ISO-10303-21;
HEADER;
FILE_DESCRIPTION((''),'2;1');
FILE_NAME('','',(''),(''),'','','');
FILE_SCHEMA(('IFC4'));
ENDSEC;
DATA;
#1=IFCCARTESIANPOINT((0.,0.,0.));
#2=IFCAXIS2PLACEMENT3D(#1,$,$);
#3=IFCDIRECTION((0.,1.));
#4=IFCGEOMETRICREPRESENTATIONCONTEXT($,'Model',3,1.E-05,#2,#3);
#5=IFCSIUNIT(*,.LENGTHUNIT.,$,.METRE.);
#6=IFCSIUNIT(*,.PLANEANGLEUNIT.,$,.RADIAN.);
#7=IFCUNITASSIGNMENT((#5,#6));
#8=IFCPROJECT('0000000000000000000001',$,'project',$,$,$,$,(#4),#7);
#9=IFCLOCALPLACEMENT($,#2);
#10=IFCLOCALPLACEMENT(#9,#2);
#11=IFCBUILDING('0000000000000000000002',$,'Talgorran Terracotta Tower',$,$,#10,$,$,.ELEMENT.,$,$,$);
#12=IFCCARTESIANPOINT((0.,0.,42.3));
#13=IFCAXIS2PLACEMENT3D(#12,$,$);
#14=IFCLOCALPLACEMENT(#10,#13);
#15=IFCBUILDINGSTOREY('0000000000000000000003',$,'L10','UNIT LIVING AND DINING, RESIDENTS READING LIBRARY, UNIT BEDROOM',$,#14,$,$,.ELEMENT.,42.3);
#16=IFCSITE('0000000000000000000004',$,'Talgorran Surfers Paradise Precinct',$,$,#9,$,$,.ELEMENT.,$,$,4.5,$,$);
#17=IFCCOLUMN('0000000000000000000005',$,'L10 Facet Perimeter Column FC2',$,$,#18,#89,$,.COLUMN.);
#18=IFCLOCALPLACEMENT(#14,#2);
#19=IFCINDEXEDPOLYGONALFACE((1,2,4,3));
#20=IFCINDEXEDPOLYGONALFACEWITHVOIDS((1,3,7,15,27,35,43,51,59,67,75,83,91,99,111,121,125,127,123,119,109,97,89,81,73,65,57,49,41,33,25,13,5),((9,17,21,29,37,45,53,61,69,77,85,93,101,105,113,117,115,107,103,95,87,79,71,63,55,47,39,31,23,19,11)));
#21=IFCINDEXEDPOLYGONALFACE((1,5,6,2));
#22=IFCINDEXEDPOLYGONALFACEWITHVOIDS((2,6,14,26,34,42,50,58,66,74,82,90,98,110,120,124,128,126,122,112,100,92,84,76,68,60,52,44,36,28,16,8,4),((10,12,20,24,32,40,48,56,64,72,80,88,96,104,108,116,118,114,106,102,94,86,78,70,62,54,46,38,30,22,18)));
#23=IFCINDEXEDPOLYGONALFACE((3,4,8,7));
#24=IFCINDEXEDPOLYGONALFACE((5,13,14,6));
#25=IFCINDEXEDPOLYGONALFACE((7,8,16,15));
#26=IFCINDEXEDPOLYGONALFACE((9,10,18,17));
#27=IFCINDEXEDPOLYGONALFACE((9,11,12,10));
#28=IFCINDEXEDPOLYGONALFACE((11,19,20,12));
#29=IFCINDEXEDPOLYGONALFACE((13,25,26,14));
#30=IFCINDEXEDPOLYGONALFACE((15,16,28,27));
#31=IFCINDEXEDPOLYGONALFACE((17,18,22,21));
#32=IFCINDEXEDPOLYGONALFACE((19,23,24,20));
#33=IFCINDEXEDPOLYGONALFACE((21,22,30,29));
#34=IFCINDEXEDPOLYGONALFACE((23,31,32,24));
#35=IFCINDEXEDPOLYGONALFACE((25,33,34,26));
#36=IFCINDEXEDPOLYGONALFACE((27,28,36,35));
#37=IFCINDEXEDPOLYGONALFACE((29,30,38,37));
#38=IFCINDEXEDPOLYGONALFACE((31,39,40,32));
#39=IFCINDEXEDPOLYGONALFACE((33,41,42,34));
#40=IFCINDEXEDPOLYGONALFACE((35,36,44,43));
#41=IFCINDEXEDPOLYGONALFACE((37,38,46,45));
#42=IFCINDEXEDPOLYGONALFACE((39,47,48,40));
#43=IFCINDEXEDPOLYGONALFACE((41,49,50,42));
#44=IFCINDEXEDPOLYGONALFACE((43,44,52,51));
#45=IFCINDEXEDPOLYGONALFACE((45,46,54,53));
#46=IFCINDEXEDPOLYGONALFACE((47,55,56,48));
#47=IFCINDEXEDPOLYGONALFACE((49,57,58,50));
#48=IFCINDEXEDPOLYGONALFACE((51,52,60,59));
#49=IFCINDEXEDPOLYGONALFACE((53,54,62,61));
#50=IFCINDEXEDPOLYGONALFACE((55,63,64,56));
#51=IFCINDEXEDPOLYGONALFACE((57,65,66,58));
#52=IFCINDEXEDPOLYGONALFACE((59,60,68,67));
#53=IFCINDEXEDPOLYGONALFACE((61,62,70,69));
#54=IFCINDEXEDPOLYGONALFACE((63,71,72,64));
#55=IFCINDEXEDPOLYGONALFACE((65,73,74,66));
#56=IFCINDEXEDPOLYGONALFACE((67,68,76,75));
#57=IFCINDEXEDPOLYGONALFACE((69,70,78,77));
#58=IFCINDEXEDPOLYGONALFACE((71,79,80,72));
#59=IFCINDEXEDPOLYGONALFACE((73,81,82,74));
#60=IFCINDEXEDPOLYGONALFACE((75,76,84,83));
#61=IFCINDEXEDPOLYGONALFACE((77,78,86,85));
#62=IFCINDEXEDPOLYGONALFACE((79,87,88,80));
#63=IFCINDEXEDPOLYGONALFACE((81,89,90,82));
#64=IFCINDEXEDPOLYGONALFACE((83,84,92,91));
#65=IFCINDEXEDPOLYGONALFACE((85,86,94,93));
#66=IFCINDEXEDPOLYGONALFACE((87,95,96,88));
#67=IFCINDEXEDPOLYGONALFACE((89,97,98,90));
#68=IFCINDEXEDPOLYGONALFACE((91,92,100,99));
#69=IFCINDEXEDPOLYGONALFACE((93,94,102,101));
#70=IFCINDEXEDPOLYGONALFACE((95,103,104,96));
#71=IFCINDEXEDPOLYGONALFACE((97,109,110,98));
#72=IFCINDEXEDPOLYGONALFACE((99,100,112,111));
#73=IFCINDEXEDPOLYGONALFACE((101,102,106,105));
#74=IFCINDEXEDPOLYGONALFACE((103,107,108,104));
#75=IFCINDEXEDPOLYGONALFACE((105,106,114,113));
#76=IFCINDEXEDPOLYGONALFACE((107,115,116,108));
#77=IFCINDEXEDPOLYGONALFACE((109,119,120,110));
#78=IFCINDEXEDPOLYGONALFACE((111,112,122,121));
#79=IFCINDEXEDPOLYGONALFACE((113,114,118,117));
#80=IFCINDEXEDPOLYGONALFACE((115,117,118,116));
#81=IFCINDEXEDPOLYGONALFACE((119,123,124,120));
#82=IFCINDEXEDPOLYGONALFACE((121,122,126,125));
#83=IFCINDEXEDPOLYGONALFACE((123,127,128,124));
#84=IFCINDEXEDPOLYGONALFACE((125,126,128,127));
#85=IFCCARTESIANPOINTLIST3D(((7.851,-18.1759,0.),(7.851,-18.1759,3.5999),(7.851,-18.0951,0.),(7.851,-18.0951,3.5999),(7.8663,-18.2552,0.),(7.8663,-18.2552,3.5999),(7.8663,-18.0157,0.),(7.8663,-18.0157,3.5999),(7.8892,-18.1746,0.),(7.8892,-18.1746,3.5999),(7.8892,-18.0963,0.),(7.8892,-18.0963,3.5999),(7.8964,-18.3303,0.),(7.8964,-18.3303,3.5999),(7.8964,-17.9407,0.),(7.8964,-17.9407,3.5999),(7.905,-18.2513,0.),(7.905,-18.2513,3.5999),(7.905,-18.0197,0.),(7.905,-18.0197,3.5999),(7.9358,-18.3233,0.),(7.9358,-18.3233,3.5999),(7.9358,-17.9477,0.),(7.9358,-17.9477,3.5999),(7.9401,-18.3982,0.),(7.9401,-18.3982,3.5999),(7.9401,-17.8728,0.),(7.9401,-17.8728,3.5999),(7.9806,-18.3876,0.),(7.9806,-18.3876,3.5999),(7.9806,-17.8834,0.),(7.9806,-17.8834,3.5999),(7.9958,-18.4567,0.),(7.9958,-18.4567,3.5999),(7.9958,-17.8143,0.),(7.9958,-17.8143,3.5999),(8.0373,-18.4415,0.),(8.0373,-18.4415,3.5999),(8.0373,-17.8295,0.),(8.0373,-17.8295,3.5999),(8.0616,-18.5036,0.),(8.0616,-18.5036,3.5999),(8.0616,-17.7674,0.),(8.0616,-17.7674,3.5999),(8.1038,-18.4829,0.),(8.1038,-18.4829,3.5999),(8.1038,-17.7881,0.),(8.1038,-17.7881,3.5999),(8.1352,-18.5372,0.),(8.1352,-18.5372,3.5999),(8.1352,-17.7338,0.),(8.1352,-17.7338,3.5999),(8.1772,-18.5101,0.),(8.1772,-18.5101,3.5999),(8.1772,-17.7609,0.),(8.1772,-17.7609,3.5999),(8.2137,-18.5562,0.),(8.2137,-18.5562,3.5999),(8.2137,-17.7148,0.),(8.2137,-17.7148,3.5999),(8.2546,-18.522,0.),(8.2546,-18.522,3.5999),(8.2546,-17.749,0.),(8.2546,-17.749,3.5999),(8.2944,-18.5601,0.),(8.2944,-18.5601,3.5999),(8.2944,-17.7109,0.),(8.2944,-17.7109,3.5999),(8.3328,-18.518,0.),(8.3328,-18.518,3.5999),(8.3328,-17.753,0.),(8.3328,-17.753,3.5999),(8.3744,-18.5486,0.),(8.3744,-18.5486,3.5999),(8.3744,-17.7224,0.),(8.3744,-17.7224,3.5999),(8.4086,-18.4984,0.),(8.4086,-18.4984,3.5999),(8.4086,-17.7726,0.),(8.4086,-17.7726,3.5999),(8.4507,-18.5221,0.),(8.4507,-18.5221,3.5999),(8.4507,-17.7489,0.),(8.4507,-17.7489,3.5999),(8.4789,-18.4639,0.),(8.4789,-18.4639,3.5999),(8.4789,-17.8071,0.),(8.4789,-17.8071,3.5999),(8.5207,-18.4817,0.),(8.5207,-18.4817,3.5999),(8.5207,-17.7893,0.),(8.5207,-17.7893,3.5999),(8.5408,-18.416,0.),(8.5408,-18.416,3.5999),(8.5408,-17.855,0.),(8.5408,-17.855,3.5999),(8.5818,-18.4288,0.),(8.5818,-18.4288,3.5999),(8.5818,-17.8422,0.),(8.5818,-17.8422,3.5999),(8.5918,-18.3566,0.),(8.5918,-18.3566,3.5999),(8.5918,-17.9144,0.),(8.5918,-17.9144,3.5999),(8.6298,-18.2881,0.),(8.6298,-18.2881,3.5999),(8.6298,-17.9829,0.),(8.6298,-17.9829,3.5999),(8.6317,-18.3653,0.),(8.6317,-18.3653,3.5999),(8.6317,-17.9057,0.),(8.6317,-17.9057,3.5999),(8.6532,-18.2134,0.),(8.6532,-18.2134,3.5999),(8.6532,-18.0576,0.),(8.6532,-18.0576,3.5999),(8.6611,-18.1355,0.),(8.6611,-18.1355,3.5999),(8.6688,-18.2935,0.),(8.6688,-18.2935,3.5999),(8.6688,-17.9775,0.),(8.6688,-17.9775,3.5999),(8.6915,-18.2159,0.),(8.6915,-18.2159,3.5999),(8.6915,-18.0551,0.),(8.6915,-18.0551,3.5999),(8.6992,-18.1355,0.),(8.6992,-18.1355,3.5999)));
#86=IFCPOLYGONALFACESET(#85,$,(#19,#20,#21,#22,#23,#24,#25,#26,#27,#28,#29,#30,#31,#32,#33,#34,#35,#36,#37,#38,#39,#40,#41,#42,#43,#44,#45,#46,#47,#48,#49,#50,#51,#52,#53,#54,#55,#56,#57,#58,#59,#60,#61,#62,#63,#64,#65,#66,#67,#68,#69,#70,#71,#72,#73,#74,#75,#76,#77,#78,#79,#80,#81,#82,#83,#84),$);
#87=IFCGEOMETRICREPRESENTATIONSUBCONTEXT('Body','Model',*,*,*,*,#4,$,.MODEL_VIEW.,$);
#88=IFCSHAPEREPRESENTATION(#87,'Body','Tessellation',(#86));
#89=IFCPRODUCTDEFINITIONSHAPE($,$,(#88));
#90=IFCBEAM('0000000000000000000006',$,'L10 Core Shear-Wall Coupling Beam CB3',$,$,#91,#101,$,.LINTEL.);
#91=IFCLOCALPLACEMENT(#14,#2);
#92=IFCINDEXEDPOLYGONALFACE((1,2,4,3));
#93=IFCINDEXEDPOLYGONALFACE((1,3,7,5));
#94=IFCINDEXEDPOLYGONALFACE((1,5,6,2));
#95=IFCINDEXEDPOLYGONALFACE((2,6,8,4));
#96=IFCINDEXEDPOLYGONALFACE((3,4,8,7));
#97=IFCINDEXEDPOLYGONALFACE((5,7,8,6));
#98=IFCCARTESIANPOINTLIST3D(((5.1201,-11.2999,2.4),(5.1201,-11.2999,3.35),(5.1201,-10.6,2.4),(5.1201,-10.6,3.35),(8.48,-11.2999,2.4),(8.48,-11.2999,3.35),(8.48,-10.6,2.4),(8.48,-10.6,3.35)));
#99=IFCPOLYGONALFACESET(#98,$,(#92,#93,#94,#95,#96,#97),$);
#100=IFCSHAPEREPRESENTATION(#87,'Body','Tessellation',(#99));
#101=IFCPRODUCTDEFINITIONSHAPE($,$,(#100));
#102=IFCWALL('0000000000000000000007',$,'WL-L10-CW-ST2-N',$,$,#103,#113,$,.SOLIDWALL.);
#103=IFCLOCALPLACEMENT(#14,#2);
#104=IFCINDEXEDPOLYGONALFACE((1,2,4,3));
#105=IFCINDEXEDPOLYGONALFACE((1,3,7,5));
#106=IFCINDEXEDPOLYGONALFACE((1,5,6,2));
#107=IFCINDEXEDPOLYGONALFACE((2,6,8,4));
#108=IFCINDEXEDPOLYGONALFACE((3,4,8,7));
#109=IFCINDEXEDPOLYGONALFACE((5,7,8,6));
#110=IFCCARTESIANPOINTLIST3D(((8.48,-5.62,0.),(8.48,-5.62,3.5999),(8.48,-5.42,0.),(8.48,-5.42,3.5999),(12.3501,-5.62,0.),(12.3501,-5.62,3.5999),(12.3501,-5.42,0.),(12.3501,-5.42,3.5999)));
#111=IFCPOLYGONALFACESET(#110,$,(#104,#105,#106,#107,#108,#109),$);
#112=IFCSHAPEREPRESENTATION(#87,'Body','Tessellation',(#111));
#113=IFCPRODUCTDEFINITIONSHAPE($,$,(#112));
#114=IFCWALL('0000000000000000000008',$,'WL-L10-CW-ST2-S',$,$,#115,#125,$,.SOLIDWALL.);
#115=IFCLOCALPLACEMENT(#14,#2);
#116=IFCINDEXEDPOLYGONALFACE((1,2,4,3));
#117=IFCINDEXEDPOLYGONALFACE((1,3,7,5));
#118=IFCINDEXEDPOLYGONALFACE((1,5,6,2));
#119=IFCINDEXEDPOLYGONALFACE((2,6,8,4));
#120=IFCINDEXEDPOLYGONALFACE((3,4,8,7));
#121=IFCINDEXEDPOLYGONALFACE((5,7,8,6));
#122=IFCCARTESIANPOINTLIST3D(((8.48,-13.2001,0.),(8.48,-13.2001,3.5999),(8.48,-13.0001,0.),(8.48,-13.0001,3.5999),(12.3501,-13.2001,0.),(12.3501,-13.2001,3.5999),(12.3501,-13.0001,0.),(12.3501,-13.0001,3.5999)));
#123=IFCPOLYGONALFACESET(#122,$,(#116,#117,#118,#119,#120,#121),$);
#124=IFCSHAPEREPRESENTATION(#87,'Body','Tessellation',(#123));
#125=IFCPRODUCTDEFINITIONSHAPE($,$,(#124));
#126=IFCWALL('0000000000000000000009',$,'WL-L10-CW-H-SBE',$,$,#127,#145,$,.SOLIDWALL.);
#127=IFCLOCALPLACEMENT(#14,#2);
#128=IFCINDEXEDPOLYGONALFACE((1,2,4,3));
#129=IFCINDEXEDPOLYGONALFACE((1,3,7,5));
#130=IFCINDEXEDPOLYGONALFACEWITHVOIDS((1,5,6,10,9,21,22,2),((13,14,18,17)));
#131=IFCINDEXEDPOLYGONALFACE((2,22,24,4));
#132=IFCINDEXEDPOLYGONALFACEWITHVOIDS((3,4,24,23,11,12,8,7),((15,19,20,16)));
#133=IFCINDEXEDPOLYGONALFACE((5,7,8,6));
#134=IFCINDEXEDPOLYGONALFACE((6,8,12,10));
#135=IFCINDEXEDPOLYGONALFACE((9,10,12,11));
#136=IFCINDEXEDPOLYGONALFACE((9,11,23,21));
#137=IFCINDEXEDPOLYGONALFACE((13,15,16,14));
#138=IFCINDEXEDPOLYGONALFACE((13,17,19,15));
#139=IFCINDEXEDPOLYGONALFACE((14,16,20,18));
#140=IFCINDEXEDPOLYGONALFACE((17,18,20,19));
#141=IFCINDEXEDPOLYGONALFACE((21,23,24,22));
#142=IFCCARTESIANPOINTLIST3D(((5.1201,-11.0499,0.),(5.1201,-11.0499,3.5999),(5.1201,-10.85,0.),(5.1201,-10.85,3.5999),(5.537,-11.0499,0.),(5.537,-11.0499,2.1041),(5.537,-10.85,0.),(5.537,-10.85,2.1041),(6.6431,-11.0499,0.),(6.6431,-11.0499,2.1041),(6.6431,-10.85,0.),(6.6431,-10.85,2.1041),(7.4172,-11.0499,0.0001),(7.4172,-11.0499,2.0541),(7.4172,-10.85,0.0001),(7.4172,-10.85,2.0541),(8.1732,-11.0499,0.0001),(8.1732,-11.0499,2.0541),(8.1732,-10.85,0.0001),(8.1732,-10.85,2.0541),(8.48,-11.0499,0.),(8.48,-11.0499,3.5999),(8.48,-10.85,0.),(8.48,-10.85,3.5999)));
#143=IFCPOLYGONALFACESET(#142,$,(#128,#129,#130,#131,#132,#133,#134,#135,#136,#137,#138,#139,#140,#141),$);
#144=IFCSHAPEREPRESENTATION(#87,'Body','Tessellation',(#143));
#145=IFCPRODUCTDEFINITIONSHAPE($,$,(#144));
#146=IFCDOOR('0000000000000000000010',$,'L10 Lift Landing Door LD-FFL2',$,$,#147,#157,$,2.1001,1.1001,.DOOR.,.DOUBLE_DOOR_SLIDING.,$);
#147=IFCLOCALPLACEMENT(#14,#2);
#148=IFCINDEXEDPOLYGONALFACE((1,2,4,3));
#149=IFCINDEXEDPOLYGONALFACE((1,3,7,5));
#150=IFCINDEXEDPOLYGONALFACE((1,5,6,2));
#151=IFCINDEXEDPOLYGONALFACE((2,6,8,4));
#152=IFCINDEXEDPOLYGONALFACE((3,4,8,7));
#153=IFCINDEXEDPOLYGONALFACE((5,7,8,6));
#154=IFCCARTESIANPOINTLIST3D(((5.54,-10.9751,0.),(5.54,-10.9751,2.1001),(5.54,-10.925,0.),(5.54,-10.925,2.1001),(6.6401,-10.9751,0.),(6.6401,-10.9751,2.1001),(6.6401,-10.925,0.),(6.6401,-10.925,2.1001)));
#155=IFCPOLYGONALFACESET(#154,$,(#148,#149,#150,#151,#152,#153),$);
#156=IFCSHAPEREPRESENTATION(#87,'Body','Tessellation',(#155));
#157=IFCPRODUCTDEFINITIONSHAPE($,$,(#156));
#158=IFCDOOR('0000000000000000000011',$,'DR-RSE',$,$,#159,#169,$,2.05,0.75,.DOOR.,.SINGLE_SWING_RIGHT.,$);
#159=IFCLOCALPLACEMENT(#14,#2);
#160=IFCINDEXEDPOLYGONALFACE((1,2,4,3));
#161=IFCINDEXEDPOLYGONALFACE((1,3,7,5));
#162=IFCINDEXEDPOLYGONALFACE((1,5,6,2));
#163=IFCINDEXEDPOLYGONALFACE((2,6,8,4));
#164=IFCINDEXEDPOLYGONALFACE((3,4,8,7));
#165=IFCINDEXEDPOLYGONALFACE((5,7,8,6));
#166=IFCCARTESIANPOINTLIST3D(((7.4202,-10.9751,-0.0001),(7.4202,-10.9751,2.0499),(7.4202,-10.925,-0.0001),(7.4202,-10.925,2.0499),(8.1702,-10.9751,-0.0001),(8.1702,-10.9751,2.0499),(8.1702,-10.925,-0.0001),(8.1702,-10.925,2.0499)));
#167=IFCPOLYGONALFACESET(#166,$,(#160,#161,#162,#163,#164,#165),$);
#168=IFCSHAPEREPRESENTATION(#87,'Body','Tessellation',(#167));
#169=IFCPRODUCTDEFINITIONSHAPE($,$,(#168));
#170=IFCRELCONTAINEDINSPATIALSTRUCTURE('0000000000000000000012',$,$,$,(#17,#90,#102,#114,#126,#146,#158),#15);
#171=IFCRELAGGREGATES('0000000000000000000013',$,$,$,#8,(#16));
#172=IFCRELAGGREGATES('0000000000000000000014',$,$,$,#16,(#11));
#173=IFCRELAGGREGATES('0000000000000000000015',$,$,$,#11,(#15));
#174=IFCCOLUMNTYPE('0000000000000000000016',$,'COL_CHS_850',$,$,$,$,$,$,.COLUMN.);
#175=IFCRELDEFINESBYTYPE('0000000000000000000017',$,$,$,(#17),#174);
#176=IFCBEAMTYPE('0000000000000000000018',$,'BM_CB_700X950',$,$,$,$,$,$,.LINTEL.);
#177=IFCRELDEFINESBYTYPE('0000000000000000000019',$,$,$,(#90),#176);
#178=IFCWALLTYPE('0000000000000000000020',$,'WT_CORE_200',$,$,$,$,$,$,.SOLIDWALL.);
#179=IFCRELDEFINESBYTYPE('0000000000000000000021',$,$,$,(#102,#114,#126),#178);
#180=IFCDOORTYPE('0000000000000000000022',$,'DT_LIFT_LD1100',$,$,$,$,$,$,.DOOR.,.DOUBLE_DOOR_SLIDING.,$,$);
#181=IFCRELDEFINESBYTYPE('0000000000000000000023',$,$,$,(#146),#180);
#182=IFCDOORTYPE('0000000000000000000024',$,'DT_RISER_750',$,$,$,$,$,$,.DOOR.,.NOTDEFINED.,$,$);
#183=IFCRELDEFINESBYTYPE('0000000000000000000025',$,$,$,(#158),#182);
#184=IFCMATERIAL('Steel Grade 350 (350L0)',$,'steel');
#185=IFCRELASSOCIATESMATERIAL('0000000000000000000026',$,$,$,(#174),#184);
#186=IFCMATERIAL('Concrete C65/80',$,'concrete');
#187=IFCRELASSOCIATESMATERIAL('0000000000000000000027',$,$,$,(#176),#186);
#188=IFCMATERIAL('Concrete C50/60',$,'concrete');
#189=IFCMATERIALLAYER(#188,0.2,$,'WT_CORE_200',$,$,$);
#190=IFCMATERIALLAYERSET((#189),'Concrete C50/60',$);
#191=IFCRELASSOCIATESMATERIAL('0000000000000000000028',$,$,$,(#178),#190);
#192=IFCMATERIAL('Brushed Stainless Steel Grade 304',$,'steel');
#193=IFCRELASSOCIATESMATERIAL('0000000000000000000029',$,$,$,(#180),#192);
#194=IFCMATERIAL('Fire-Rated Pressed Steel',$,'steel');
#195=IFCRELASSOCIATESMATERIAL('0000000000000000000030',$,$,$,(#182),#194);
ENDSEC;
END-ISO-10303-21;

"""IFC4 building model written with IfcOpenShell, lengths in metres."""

from ifc_helpers import new_model, si_unit, direction, frame, frame_2d, origin, origin_2d, place, context, subcontext, project, spatial, rectangle, hollow_circle, extrude, material, layer, layer_set, material_profile, profile_set, type_object, element, fill, save


model = new_model("IFC4")

# Units and contexts
model_context = context("Model", 3, precision=1e-05, world=origin(), true_north=direction((0.0, 1.0)))
body_context = subcontext(model_context, "Body", "Model", "MODEL_VIEW")
ifc_project = project(units=[si_unit("LENGTHUNIT", "METRE"), si_unit("PLANEANGLEUNIT", "RADIAN")], contexts=[model_context])

# Site, building, storey
site_placement = place(None, origin())
site = spatial("IfcSite", under=ifc_project, at=site_placement, Name="Talgorran Surfers Paradise Precinct", CompositionType="ELEMENT", RefElevation=4.5)
building_placement = place(site_placement, origin())
building = spatial("IfcBuilding", under=site, at=building_placement, Name="Talgorran Terracotta Tower", CompositionType="ELEMENT")
storey_placement = place(building_placement, frame((0.0, 0.0, 42.3)))
storey = spatial("IfcBuildingStorey", under=building, at=storey_placement, Name="L10", Description="UNIT LIVING AND DINING, RESIDENTS READING LIBRARY, UNIT BEDROOM", CompositionType="ELEMENT", Elevation=42.3)

# Column
ifc_material_1 = material(Name="Steel Grade 350 (350L0)", Category="steel")
ifc_material_profile_1 = material_profile(ifc_material_1, hollow_circle(Radius=0.425, WallThickness=0.0381, at=origin_2d()), Name="CHS850X38")
ifc_profile_set_1 = profile_set([ifc_material_profile_1], Name="Steel Grade 350 (350L0)")
column_type = type_object("IfcColumnType", Name="COL_CHS_850", PredefinedType="COLUMN", material=ifc_profile_set_1)
column_placement = place(storey_placement, frame((8.2742, -18.1355, 0.0), z_axis=(0.0, 0.0, 1.0), x_axis=(1.0, 0.0, 0.0)))
element("IfcColumn", 1, at=column_placement, inside=storey, type_object=column_type, Name="L10 Facet Perimeter Column FC2", PredefinedType="COLUMN", context=body_context, shape_type="SweptSolid", body=[
    extrude(hollow_circle(Radius=0.425, WallThickness=0.0381, at=origin_2d()), origin(), (0.0, 0.0, 1.0), 3.5999),
])

# Beam
ifc_material_2 = material(Name="Concrete C65/80", Category="concrete")
ifc_material_profile_2 = material_profile(ifc_material_2, rectangle(XDim=0.7, YDim=0.95, at=origin_2d()), Name="RCCB700X950")
ifc_profile_set_2 = profile_set([ifc_material_profile_2], Name="Concrete C65/80")
beam_type = type_object("IfcBeamType", Name="BM_CB_700X950", PredefinedType="LINTEL", material=ifc_profile_set_2)
beam_placement = place(storey_placement, frame((5.1201, -10.95, 2.875), z_axis=(1.0, 0.0, 0.0), x_axis=(0.0, 1.0, 0.0)))
element("IfcBeam", 2, at=beam_placement, inside=storey, type_object=beam_type, Name="L10 Core Shear-Wall Coupling Beam CB3", PredefinedType="LINTEL", context=body_context, shape_type="SweptSolid", body=[
    extrude(rectangle(XDim=0.7, YDim=0.95, at=origin_2d()), origin(), (0.0, 0.0, 1.0), 3.3599),
])

# Walls
ifc_material_3 = material(Name="Concrete C50/60", Category="concrete")
ifc_layer_1 = layer(ifc_material_3, 0.2, Name="WT_CORE_200")
ifc_layer_set_1 = layer_set([ifc_layer_1], Name="Concrete C50/60")
wall_type_1 = type_object("IfcWallType", Name="WT_CORE_200", PredefinedType="SOLIDWALL", material=ifc_layer_set_1)
for number, where, z_axis, x_axis, name in (
    (3, (8.48, -5.52, 0.0), (0.0, 0.0, 1.0), (1.0, 0.0, 0.0), "WL-L10-CW-ST2-N"),
    (4, (8.48, -13.1001, 0.0), (0.0, 0.0, 1.0), (1.0, 0.0, 0.0), "WL-L10-CW-ST2-S"),
):
    element("IfcWall", number, at=place(storey_placement, frame(where, z_axis=z_axis, x_axis=x_axis)), inside=storey, type_object=wall_type_1, Name=name, PredefinedType="SOLIDWALL", context=body_context, shape_type="SweptSolid", body=[
        extrude(rectangle(XDim=3.8701, YDim=0.2, at=frame_2d((1.9351, 0.0))), origin(), (0.0, 0.0, 1.0), 3.5999),
    ])

# Wall, openings, doors
wall_1_placement = place(storey_placement, frame((5.1201, -10.95, 0.0), z_axis=(0.0, 0.0, 1.0), x_axis=(1.0, 0.0, 0.0)))
wall_1 = element("IfcWall", 5, at=wall_1_placement, inside=storey, type_object=wall_type_1, Name="WL-L10-CW-H-SBE", PredefinedType="SOLIDWALL", context=body_context, shape_type="SweptSolid", body=[
    extrude(rectangle(XDim=3.3599, YDim=0.2, at=frame_2d((1.6799, 0.0))), origin(), (0.0, 0.0, 1.0), 3.5999),
])
opening_1_placement = place(wall_1_placement, frame((0.4199, 0.0, 0.0)))
opening_1 = element("IfcOpeningElement", 6, at=opening_1_placement, cuts=wall_1, PredefinedType="OPENING", context=body_context, shape_type="SweptSolid", body=[
    extrude(rectangle(XDim=1.1061, YDim=2.1041, at=frame_2d((0.55, 1.052))), frame((0.0, 0.1099, 0.0), z_axis=(0.0, -1.0, 0.0), x_axis=(1.0, 0.0, 0.0)), (0.0, 0.0, 1.0), 0.22),
])
opening_2_placement = place(wall_1_placement, frame((2.3, 0.0, 0.0)))
opening_2 = element("IfcOpeningElement", 7, at=opening_2_placement, cuts=wall_1, PredefinedType="OPENING", context=body_context, shape_type="SweptSolid", body=[
    extrude(rectangle(XDim=0.756, YDim=2.054, at=frame_2d((0.375, 1.0271))), frame((0.0, 0.1099, 0.0), z_axis=(0.0, -1.0, 0.0), x_axis=(1.0, 0.0, 0.0)), (0.0, 0.0, 1.0), 0.22),
])
ifc_material_4 = material(Name="Brushed Stainless Steel Grade 304", Category="steel")
door_type_1 = type_object("IfcDoorType", Name="DT_LIFT_LD1100", OperationType="DOUBLE_DOOR_SLIDING", PredefinedType="DOOR", material=ifc_material_4)
door_1_placement = place(opening_1_placement, origin())
door_1 = element("IfcDoor", 8, at=door_1_placement, inside=storey, type_object=door_type_1, Name="L10 Lift Landing Door LD-FFL2", OperationType="DOUBLE_DOOR_SLIDING", OverallHeight=2.1001, OverallWidth=1.1001, PredefinedType="DOOR", context=body_context, shape_type="SweptSolid", body=[
    extrude(rectangle(XDim=1.1001, YDim=2.1001, at=frame_2d((0.55, 1.05))), frame((0.0, 0.0249, 0.0), z_axis=(0.0, -1.0, 0.0), x_axis=(1.0, 0.0, 0.0)), (0.0, 0.0, 1.0), 0.05),
])
fill(opening_1, door_1)
ifc_material_5 = material(Name="Fire-Rated Pressed Steel", Category="steel")
door_type_2 = type_object("IfcDoorType", Name="DT_RISER_750", OperationType="NOTDEFINED", PredefinedType="DOOR", material=ifc_material_5)
door_2_placement = place(opening_2_placement, origin())
door_2 = element("IfcDoor", 9, at=door_2_placement, inside=storey, type_object=door_type_2, Name="DR-RSE", OperationType="SINGLE_SWING_RIGHT", OverallHeight=2.05, OverallWidth=0.75, PredefinedType="DOOR", context=body_context, shape_type="SweptSolid", body=[
    extrude(rectangle(XDim=0.75, YDim=2.05, at=frame_2d((0.375, 1.0249))), frame((0.0, 0.0249, 0.0), z_axis=(0.0, -1.0, 0.0), x_axis=(1.0, 0.0, 0.0)), (0.0, 0.0, 1.0), 0.05),
])
fill(opening_2, door_2)

save(model, "model.ifc")
